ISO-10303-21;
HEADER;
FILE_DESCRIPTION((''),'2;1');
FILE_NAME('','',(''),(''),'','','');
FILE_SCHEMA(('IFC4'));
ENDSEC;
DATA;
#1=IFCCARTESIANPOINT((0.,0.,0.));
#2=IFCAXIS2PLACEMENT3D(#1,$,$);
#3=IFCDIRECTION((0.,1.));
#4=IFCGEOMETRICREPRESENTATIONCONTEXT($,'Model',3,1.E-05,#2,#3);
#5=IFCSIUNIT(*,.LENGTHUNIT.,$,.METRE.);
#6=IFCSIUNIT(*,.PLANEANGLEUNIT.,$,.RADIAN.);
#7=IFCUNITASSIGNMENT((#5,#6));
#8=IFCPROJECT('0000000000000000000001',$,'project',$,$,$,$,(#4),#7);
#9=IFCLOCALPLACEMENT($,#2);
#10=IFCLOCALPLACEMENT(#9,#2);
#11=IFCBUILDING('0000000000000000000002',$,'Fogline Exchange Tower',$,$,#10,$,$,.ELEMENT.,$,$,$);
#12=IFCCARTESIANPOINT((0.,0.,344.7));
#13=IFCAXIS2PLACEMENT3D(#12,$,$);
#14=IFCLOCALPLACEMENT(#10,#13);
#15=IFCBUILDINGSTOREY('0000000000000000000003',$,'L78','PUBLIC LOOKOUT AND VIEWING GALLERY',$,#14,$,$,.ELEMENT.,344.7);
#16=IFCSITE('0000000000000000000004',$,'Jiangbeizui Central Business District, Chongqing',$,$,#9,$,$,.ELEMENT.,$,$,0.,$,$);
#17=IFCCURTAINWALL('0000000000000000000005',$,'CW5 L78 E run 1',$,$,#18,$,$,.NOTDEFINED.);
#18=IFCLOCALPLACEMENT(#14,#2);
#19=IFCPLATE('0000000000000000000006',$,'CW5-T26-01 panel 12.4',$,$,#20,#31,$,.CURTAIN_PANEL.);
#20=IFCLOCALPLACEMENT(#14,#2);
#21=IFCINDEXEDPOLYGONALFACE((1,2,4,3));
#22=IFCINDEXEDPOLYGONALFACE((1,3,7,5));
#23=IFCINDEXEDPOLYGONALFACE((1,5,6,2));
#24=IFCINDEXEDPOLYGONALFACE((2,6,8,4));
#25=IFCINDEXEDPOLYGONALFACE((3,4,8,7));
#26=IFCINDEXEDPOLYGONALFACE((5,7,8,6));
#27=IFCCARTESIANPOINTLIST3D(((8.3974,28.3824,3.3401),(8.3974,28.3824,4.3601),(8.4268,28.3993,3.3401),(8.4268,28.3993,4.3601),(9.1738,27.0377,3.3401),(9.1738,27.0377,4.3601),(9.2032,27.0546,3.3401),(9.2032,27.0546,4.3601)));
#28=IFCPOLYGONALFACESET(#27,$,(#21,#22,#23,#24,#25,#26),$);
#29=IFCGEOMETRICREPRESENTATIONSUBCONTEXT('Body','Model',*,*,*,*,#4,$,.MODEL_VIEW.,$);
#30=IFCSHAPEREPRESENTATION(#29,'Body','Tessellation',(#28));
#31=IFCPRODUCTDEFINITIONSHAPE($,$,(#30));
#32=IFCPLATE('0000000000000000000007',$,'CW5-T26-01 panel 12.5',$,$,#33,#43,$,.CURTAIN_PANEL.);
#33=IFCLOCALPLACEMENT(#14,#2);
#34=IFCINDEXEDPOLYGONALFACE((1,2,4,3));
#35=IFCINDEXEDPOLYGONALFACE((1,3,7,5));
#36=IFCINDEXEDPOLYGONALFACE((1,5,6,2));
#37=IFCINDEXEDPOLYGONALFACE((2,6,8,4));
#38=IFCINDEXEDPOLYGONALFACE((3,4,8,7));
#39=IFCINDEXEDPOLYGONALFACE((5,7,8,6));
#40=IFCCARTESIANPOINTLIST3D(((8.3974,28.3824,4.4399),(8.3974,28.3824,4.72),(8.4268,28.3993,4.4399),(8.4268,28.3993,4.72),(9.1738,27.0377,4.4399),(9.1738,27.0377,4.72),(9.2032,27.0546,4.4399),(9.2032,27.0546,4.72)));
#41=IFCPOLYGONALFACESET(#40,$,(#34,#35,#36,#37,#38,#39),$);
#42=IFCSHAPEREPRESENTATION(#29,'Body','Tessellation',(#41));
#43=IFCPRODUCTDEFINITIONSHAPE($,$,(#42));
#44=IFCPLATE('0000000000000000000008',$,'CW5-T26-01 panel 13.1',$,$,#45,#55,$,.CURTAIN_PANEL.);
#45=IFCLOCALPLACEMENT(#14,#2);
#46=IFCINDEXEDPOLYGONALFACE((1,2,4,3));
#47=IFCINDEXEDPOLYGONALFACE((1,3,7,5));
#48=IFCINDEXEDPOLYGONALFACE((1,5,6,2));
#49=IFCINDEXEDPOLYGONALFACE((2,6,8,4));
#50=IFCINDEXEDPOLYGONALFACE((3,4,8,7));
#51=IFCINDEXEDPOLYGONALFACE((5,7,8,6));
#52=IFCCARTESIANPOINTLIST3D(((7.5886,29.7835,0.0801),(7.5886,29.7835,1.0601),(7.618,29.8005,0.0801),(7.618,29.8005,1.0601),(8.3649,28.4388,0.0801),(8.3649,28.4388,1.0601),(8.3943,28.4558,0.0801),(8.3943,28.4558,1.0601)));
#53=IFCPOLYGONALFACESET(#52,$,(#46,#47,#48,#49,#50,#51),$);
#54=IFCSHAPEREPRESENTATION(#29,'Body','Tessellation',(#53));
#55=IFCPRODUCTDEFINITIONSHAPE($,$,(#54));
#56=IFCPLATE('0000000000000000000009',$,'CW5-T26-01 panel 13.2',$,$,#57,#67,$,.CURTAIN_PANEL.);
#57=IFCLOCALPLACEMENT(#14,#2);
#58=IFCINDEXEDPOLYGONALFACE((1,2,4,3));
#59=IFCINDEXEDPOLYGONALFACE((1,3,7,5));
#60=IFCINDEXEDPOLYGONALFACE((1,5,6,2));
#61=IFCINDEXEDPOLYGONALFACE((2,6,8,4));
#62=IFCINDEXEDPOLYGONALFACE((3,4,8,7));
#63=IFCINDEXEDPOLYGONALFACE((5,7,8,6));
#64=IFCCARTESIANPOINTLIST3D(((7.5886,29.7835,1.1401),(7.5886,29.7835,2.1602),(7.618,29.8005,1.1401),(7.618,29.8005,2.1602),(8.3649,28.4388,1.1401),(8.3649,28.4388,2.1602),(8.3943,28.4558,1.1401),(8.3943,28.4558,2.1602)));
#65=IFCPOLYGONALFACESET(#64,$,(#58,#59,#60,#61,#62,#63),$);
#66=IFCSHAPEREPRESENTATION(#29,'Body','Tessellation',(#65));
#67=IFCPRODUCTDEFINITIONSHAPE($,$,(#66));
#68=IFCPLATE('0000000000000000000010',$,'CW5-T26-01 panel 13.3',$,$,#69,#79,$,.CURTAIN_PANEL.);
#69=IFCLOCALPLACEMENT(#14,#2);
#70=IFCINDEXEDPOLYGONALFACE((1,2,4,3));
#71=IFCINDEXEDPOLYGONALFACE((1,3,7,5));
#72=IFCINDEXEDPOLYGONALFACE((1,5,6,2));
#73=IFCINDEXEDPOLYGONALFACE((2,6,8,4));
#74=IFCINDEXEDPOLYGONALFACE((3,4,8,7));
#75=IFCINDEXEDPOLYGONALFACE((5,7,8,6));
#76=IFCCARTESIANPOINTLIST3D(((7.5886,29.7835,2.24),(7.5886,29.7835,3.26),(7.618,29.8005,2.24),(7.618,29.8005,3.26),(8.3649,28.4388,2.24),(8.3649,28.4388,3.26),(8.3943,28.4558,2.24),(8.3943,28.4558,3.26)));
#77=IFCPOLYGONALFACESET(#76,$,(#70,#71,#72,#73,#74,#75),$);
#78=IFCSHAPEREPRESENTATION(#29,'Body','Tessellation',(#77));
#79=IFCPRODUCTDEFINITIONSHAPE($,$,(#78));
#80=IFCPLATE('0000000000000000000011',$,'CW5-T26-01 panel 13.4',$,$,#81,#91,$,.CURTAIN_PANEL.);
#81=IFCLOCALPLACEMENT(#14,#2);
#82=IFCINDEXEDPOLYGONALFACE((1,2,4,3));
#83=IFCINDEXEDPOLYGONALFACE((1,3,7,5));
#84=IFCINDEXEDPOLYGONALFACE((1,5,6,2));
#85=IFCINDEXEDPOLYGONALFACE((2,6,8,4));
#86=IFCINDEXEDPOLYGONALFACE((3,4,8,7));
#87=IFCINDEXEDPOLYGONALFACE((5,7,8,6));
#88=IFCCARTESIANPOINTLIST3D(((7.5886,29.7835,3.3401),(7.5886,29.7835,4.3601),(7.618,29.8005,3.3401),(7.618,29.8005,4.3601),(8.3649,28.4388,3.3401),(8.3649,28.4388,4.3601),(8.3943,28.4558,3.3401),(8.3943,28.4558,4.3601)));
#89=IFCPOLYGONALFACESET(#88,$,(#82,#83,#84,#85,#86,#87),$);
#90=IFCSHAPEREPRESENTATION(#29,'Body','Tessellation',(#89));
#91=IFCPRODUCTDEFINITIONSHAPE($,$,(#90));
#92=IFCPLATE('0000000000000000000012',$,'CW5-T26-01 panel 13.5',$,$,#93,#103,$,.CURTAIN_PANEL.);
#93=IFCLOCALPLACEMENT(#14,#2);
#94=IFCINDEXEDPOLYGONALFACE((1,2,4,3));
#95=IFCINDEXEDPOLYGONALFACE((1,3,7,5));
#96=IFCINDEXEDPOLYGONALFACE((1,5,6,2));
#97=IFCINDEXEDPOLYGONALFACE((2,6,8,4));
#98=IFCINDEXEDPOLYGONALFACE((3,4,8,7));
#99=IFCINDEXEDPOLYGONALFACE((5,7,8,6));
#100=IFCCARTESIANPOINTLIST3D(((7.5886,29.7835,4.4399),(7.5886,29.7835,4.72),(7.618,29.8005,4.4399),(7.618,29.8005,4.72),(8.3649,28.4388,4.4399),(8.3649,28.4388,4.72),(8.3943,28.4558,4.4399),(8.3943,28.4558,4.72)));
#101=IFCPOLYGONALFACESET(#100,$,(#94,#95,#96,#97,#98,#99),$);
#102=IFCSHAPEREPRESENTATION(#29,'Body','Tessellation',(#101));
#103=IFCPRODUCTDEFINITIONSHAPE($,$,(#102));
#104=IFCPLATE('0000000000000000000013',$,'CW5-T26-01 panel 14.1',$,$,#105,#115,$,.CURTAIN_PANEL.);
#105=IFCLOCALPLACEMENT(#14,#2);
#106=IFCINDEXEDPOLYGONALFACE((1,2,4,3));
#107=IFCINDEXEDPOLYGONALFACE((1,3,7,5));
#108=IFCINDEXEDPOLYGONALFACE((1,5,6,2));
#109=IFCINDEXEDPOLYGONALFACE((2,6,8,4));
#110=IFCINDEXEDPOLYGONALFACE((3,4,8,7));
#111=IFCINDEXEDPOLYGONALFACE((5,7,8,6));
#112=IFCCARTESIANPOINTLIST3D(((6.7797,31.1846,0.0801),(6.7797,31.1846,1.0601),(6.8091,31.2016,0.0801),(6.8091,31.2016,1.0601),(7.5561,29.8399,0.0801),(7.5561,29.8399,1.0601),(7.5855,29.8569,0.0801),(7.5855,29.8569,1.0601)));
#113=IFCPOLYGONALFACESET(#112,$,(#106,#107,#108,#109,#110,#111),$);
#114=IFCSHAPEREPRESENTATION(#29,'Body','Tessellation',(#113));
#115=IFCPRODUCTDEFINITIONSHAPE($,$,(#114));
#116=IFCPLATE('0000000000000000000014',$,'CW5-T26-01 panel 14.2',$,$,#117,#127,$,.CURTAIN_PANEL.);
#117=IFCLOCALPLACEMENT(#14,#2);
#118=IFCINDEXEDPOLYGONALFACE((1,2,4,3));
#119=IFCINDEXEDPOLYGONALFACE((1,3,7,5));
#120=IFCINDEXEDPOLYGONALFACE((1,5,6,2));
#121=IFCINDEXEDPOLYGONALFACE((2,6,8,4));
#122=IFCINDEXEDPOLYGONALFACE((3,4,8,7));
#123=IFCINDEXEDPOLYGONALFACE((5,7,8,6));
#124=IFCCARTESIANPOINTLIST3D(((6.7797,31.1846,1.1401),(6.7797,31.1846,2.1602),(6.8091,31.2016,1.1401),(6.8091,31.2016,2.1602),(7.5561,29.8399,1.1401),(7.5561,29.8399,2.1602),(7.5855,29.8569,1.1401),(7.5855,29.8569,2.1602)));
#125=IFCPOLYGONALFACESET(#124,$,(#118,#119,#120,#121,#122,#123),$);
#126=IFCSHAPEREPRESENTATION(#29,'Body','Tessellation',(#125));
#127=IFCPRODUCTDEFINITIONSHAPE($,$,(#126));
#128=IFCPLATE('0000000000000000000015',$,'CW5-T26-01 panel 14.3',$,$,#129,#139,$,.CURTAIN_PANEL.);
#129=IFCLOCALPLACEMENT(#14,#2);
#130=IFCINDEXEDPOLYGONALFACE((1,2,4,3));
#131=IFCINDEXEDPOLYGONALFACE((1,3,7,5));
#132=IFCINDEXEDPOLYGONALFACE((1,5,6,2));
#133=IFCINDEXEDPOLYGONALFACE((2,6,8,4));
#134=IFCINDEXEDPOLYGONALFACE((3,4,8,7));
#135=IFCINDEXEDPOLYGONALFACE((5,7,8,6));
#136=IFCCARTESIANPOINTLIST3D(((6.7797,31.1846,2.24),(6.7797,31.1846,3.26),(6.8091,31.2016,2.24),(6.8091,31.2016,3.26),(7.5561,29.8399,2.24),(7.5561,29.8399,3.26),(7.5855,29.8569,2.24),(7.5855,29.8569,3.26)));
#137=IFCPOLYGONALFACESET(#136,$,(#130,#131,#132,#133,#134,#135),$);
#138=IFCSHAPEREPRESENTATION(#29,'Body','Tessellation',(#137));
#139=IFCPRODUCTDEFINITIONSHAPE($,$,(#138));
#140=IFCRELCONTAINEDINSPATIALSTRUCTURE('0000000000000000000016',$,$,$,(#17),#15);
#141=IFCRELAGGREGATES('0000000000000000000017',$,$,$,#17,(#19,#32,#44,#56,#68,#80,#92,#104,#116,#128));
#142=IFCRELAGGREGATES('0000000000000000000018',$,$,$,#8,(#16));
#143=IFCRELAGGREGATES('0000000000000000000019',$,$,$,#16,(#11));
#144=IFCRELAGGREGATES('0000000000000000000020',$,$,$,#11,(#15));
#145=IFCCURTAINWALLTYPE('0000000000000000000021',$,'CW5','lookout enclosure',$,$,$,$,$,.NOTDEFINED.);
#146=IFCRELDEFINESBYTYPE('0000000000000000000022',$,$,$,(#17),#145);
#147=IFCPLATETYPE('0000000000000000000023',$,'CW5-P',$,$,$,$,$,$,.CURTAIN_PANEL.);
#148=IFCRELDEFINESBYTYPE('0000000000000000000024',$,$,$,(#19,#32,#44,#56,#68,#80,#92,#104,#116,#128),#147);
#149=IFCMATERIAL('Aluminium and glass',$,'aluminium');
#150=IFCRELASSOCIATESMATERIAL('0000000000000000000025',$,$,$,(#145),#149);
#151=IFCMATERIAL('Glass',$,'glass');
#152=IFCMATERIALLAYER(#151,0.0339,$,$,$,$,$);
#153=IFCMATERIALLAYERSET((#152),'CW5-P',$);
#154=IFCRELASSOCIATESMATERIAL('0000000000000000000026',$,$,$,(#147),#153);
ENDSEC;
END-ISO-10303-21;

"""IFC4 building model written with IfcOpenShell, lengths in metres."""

from ifc_helpers import new_model, si_unit, direction, frame, origin, origin_2d, place, context, subcontext, project, spatial, rectangle, extrude, material, layer, layer_set, type_object, element, aggregate, save


model = new_model("IFC4")

# Units and contexts
model_context = context("Model", 3, precision=1e-05, world=origin(), true_north=direction((0.0, 1.0)))
body_context = subcontext(model_context, "Body", "Model", "MODEL_VIEW")
ifc_project = project(units=[si_unit("LENGTHUNIT", "METRE"), si_unit("PLANEANGLEUNIT", "RADIAN")], contexts=[model_context])

# Site, building, storey
site_placement = place(None, origin())
site = spatial("IfcSite", under=ifc_project, at=site_placement, Name="Jiangbeizui Central Business District, Chongqing", CompositionType="ELEMENT", RefElevation=0.0)
building_placement = place(site_placement, origin())
building = spatial("IfcBuilding", under=site, at=building_placement, Name="Fogline Exchange Tower", CompositionType="ELEMENT")
storey_placement = place(building_placement, frame((0.0, 0.0, 344.7)))
storey = spatial("IfcBuildingStorey", under=building, at=storey_placement, Name="L78", Description="PUBLIC LOOKOUT AND VIEWING GALLERY", CompositionType="ELEMENT", Elevation=344.7)

# Curtain wall, plates
ifc_material_1 = material(Name="Aluminium and glass", Category="aluminium")
curtain_wall_type = type_object("IfcCurtainWallType", Name="CW5", Description="lookout enclosure", PredefinedType="NOTDEFINED", material=ifc_material_1)
curtain_wall_placement = place(storey_placement, origin())
curtain_wall = element("IfcCurtainWall", 1, at=curtain_wall_placement, inside=storey, type_object=curtain_wall_type, Name="CW5 L78 E run 1", PredefinedType="NOTDEFINED")
ifc_material_2 = material(Name="Glass", Category="glass")
ifc_layer = layer(ifc_material_2, 0.0339)
ifc_layer_set = layer_set([ifc_layer], Name="CW5-P")
plate_type = type_object("IfcPlateType", Name="CW5-P", PredefinedType="CURTAIN_PANEL", material=ifc_layer_set)
plate_1_placement = place(storey_placement, frame((8.8003, 27.7185, 3.3401), z_axis=(0.0, 0.0, 1.0), x_axis=(-0.5, 0.866025, 0.0)))
plate_1 = element("IfcPlate", 2, at=plate_1_placement, type_object=plate_type, Name="CW5-T26-01 panel 12.4", PredefinedType="CURTAIN_PANEL", context=body_context, shape_type="SweptSolid", body=[
    extrude(rectangle(XDim=1.5527, YDim=0.0339, at=origin_2d()), origin(), (0.0, 0.0, 1.0), 1.02),
])
plate_2_placement = place(storey_placement, frame((8.8003, 27.7185, 4.4399), z_axis=(0.0, 0.0, 1.0), x_axis=(-0.5, 0.866025, 0.0)))
plate_2 = element("IfcPlate", 3, at=plate_2_placement, type_object=plate_type, Name="CW5-T26-01 panel 12.5", PredefinedType="CURTAIN_PANEL", context=body_context, shape_type="SweptSolid", body=[
    extrude(rectangle(XDim=1.5527, YDim=0.0339, at=origin_2d()), origin(), (0.0, 0.0, 1.0), 0.28),
])
plate_3_placement = place(storey_placement, frame((7.9915, 29.1196, 0.0801), z_axis=(0.0, 0.0, 1.0), x_axis=(-0.5, 0.866025, 0.0)))
plate_3 = element("IfcPlate", 4, at=plate_3_placement, type_object=plate_type, Name="CW5-T26-01 panel 13.1", PredefinedType="CURTAIN_PANEL", context=body_context, shape_type="SweptSolid", body=[
    extrude(rectangle(XDim=1.5527, YDim=0.0339, at=origin_2d()), origin(), (0.0, 0.0, 1.0), 0.98),
])
plate_4_placement = place(storey_placement, frame((7.9915, 29.1196, 1.1401), z_axis=(0.0, 0.0, 1.0), x_axis=(-0.5, 0.866025, 0.0)))
plate_4 = element("IfcPlate", 5, at=plate_4_placement, type_object=plate_type, Name="CW5-T26-01 panel 13.2", PredefinedType="CURTAIN_PANEL", context=body_context, shape_type="SweptSolid", body=[
    extrude(rectangle(XDim=1.5527, YDim=0.0339, at=origin_2d()), origin(), (0.0, 0.0, 1.0), 1.02),
])
plate_5_placement = place(storey_placement, frame((7.9915, 29.1196, 2.24), z_axis=(0.0, 0.0, 1.0), x_axis=(-0.5, 0.866025, 0.0)))
plate_5 = element("IfcPlate", 6, at=plate_5_placement, type_object=plate_type, Name="CW5-T26-01 panel 13.3", PredefinedType="CURTAIN_PANEL", context=body_context, shape_type="SweptSolid", body=[
    extrude(rectangle(XDim=1.5527, YDim=0.0339, at=origin_2d()), origin(), (0.0, 0.0, 1.0), 1.02),
])
plate_6_placement = place(storey_placement, frame((7.9915, 29.1196, 3.3401), z_axis=(0.0, 0.0, 1.0), x_axis=(-0.5, 0.866025, 0.0)))
plate_6 = element("IfcPlate", 7, at=plate_6_placement, type_object=plate_type, Name="CW5-T26-01 panel 13.4", PredefinedType="CURTAIN_PANEL", context=body_context, shape_type="SweptSolid", body=[
    extrude(rectangle(XDim=1.5527, YDim=0.0339, at=origin_2d()), origin(), (0.0, 0.0, 1.0), 1.02),
])
plate_7_placement = place(storey_placement, frame((7.9915, 29.1196, 4.4399), z_axis=(0.0, 0.0, 1.0), x_axis=(-0.5, 0.866025, 0.0)))
plate_7 = element("IfcPlate", 8, at=plate_7_placement, type_object=plate_type, Name="CW5-T26-01 panel 13.5", PredefinedType="CURTAIN_PANEL", context=body_context, shape_type="SweptSolid", body=[
    extrude(rectangle(XDim=1.5527, YDim=0.0339, at=origin_2d()), origin(), (0.0, 0.0, 1.0), 0.28),
])
plate_8_placement = place(storey_placement, frame((7.1826, 30.5208, 0.0801), z_axis=(0.0, 0.0, 1.0), x_axis=(-0.5, 0.866025, 0.0)))
plate_8 = element("IfcPlate", 9, at=plate_8_placement, type_object=plate_type, Name="CW5-T26-01 panel 14.1", PredefinedType="CURTAIN_PANEL", context=body_context, shape_type="SweptSolid", body=[
    extrude(rectangle(XDim=1.5527, YDim=0.0339, at=origin_2d()), origin(), (0.0, 0.0, 1.0), 0.98),
])
plate_9_placement = place(storey_placement, frame((7.1826, 30.5208, 1.1401), z_axis=(0.0, 0.0, 1.0), x_axis=(-0.5, 0.866025, 0.0)))
plate_9 = element("IfcPlate", 10, at=plate_9_placement, type_object=plate_type, Name="CW5-T26-01 panel 14.2", PredefinedType="CURTAIN_PANEL", context=body_context, shape_type="SweptSolid", body=[
    extrude(rectangle(XDim=1.5527, YDim=0.0339, at=origin_2d()), origin(), (0.0, 0.0, 1.0), 1.02),
])
plate_10_placement = place(storey_placement, frame((7.1826, 30.5208, 2.24), z_axis=(0.0, 0.0, 1.0), x_axis=(-0.5, 0.866025, 0.0)))
plate_10 = element("IfcPlate", 11, at=plate_10_placement, type_object=plate_type, Name="CW5-T26-01 panel 14.3", PredefinedType="CURTAIN_PANEL", context=body_context, shape_type="SweptSolid", body=[
    extrude(rectangle(XDim=1.5527, YDim=0.0339, at=origin_2d()), origin(), (0.0, 0.0, 1.0), 1.02),
])
aggregate(curtain_wall, [plate_1, plate_2, plate_3, plate_4, plate_5, plate_6, plate_7, plate_8, plate_9, plate_10])

save(model, "model.ifc")
